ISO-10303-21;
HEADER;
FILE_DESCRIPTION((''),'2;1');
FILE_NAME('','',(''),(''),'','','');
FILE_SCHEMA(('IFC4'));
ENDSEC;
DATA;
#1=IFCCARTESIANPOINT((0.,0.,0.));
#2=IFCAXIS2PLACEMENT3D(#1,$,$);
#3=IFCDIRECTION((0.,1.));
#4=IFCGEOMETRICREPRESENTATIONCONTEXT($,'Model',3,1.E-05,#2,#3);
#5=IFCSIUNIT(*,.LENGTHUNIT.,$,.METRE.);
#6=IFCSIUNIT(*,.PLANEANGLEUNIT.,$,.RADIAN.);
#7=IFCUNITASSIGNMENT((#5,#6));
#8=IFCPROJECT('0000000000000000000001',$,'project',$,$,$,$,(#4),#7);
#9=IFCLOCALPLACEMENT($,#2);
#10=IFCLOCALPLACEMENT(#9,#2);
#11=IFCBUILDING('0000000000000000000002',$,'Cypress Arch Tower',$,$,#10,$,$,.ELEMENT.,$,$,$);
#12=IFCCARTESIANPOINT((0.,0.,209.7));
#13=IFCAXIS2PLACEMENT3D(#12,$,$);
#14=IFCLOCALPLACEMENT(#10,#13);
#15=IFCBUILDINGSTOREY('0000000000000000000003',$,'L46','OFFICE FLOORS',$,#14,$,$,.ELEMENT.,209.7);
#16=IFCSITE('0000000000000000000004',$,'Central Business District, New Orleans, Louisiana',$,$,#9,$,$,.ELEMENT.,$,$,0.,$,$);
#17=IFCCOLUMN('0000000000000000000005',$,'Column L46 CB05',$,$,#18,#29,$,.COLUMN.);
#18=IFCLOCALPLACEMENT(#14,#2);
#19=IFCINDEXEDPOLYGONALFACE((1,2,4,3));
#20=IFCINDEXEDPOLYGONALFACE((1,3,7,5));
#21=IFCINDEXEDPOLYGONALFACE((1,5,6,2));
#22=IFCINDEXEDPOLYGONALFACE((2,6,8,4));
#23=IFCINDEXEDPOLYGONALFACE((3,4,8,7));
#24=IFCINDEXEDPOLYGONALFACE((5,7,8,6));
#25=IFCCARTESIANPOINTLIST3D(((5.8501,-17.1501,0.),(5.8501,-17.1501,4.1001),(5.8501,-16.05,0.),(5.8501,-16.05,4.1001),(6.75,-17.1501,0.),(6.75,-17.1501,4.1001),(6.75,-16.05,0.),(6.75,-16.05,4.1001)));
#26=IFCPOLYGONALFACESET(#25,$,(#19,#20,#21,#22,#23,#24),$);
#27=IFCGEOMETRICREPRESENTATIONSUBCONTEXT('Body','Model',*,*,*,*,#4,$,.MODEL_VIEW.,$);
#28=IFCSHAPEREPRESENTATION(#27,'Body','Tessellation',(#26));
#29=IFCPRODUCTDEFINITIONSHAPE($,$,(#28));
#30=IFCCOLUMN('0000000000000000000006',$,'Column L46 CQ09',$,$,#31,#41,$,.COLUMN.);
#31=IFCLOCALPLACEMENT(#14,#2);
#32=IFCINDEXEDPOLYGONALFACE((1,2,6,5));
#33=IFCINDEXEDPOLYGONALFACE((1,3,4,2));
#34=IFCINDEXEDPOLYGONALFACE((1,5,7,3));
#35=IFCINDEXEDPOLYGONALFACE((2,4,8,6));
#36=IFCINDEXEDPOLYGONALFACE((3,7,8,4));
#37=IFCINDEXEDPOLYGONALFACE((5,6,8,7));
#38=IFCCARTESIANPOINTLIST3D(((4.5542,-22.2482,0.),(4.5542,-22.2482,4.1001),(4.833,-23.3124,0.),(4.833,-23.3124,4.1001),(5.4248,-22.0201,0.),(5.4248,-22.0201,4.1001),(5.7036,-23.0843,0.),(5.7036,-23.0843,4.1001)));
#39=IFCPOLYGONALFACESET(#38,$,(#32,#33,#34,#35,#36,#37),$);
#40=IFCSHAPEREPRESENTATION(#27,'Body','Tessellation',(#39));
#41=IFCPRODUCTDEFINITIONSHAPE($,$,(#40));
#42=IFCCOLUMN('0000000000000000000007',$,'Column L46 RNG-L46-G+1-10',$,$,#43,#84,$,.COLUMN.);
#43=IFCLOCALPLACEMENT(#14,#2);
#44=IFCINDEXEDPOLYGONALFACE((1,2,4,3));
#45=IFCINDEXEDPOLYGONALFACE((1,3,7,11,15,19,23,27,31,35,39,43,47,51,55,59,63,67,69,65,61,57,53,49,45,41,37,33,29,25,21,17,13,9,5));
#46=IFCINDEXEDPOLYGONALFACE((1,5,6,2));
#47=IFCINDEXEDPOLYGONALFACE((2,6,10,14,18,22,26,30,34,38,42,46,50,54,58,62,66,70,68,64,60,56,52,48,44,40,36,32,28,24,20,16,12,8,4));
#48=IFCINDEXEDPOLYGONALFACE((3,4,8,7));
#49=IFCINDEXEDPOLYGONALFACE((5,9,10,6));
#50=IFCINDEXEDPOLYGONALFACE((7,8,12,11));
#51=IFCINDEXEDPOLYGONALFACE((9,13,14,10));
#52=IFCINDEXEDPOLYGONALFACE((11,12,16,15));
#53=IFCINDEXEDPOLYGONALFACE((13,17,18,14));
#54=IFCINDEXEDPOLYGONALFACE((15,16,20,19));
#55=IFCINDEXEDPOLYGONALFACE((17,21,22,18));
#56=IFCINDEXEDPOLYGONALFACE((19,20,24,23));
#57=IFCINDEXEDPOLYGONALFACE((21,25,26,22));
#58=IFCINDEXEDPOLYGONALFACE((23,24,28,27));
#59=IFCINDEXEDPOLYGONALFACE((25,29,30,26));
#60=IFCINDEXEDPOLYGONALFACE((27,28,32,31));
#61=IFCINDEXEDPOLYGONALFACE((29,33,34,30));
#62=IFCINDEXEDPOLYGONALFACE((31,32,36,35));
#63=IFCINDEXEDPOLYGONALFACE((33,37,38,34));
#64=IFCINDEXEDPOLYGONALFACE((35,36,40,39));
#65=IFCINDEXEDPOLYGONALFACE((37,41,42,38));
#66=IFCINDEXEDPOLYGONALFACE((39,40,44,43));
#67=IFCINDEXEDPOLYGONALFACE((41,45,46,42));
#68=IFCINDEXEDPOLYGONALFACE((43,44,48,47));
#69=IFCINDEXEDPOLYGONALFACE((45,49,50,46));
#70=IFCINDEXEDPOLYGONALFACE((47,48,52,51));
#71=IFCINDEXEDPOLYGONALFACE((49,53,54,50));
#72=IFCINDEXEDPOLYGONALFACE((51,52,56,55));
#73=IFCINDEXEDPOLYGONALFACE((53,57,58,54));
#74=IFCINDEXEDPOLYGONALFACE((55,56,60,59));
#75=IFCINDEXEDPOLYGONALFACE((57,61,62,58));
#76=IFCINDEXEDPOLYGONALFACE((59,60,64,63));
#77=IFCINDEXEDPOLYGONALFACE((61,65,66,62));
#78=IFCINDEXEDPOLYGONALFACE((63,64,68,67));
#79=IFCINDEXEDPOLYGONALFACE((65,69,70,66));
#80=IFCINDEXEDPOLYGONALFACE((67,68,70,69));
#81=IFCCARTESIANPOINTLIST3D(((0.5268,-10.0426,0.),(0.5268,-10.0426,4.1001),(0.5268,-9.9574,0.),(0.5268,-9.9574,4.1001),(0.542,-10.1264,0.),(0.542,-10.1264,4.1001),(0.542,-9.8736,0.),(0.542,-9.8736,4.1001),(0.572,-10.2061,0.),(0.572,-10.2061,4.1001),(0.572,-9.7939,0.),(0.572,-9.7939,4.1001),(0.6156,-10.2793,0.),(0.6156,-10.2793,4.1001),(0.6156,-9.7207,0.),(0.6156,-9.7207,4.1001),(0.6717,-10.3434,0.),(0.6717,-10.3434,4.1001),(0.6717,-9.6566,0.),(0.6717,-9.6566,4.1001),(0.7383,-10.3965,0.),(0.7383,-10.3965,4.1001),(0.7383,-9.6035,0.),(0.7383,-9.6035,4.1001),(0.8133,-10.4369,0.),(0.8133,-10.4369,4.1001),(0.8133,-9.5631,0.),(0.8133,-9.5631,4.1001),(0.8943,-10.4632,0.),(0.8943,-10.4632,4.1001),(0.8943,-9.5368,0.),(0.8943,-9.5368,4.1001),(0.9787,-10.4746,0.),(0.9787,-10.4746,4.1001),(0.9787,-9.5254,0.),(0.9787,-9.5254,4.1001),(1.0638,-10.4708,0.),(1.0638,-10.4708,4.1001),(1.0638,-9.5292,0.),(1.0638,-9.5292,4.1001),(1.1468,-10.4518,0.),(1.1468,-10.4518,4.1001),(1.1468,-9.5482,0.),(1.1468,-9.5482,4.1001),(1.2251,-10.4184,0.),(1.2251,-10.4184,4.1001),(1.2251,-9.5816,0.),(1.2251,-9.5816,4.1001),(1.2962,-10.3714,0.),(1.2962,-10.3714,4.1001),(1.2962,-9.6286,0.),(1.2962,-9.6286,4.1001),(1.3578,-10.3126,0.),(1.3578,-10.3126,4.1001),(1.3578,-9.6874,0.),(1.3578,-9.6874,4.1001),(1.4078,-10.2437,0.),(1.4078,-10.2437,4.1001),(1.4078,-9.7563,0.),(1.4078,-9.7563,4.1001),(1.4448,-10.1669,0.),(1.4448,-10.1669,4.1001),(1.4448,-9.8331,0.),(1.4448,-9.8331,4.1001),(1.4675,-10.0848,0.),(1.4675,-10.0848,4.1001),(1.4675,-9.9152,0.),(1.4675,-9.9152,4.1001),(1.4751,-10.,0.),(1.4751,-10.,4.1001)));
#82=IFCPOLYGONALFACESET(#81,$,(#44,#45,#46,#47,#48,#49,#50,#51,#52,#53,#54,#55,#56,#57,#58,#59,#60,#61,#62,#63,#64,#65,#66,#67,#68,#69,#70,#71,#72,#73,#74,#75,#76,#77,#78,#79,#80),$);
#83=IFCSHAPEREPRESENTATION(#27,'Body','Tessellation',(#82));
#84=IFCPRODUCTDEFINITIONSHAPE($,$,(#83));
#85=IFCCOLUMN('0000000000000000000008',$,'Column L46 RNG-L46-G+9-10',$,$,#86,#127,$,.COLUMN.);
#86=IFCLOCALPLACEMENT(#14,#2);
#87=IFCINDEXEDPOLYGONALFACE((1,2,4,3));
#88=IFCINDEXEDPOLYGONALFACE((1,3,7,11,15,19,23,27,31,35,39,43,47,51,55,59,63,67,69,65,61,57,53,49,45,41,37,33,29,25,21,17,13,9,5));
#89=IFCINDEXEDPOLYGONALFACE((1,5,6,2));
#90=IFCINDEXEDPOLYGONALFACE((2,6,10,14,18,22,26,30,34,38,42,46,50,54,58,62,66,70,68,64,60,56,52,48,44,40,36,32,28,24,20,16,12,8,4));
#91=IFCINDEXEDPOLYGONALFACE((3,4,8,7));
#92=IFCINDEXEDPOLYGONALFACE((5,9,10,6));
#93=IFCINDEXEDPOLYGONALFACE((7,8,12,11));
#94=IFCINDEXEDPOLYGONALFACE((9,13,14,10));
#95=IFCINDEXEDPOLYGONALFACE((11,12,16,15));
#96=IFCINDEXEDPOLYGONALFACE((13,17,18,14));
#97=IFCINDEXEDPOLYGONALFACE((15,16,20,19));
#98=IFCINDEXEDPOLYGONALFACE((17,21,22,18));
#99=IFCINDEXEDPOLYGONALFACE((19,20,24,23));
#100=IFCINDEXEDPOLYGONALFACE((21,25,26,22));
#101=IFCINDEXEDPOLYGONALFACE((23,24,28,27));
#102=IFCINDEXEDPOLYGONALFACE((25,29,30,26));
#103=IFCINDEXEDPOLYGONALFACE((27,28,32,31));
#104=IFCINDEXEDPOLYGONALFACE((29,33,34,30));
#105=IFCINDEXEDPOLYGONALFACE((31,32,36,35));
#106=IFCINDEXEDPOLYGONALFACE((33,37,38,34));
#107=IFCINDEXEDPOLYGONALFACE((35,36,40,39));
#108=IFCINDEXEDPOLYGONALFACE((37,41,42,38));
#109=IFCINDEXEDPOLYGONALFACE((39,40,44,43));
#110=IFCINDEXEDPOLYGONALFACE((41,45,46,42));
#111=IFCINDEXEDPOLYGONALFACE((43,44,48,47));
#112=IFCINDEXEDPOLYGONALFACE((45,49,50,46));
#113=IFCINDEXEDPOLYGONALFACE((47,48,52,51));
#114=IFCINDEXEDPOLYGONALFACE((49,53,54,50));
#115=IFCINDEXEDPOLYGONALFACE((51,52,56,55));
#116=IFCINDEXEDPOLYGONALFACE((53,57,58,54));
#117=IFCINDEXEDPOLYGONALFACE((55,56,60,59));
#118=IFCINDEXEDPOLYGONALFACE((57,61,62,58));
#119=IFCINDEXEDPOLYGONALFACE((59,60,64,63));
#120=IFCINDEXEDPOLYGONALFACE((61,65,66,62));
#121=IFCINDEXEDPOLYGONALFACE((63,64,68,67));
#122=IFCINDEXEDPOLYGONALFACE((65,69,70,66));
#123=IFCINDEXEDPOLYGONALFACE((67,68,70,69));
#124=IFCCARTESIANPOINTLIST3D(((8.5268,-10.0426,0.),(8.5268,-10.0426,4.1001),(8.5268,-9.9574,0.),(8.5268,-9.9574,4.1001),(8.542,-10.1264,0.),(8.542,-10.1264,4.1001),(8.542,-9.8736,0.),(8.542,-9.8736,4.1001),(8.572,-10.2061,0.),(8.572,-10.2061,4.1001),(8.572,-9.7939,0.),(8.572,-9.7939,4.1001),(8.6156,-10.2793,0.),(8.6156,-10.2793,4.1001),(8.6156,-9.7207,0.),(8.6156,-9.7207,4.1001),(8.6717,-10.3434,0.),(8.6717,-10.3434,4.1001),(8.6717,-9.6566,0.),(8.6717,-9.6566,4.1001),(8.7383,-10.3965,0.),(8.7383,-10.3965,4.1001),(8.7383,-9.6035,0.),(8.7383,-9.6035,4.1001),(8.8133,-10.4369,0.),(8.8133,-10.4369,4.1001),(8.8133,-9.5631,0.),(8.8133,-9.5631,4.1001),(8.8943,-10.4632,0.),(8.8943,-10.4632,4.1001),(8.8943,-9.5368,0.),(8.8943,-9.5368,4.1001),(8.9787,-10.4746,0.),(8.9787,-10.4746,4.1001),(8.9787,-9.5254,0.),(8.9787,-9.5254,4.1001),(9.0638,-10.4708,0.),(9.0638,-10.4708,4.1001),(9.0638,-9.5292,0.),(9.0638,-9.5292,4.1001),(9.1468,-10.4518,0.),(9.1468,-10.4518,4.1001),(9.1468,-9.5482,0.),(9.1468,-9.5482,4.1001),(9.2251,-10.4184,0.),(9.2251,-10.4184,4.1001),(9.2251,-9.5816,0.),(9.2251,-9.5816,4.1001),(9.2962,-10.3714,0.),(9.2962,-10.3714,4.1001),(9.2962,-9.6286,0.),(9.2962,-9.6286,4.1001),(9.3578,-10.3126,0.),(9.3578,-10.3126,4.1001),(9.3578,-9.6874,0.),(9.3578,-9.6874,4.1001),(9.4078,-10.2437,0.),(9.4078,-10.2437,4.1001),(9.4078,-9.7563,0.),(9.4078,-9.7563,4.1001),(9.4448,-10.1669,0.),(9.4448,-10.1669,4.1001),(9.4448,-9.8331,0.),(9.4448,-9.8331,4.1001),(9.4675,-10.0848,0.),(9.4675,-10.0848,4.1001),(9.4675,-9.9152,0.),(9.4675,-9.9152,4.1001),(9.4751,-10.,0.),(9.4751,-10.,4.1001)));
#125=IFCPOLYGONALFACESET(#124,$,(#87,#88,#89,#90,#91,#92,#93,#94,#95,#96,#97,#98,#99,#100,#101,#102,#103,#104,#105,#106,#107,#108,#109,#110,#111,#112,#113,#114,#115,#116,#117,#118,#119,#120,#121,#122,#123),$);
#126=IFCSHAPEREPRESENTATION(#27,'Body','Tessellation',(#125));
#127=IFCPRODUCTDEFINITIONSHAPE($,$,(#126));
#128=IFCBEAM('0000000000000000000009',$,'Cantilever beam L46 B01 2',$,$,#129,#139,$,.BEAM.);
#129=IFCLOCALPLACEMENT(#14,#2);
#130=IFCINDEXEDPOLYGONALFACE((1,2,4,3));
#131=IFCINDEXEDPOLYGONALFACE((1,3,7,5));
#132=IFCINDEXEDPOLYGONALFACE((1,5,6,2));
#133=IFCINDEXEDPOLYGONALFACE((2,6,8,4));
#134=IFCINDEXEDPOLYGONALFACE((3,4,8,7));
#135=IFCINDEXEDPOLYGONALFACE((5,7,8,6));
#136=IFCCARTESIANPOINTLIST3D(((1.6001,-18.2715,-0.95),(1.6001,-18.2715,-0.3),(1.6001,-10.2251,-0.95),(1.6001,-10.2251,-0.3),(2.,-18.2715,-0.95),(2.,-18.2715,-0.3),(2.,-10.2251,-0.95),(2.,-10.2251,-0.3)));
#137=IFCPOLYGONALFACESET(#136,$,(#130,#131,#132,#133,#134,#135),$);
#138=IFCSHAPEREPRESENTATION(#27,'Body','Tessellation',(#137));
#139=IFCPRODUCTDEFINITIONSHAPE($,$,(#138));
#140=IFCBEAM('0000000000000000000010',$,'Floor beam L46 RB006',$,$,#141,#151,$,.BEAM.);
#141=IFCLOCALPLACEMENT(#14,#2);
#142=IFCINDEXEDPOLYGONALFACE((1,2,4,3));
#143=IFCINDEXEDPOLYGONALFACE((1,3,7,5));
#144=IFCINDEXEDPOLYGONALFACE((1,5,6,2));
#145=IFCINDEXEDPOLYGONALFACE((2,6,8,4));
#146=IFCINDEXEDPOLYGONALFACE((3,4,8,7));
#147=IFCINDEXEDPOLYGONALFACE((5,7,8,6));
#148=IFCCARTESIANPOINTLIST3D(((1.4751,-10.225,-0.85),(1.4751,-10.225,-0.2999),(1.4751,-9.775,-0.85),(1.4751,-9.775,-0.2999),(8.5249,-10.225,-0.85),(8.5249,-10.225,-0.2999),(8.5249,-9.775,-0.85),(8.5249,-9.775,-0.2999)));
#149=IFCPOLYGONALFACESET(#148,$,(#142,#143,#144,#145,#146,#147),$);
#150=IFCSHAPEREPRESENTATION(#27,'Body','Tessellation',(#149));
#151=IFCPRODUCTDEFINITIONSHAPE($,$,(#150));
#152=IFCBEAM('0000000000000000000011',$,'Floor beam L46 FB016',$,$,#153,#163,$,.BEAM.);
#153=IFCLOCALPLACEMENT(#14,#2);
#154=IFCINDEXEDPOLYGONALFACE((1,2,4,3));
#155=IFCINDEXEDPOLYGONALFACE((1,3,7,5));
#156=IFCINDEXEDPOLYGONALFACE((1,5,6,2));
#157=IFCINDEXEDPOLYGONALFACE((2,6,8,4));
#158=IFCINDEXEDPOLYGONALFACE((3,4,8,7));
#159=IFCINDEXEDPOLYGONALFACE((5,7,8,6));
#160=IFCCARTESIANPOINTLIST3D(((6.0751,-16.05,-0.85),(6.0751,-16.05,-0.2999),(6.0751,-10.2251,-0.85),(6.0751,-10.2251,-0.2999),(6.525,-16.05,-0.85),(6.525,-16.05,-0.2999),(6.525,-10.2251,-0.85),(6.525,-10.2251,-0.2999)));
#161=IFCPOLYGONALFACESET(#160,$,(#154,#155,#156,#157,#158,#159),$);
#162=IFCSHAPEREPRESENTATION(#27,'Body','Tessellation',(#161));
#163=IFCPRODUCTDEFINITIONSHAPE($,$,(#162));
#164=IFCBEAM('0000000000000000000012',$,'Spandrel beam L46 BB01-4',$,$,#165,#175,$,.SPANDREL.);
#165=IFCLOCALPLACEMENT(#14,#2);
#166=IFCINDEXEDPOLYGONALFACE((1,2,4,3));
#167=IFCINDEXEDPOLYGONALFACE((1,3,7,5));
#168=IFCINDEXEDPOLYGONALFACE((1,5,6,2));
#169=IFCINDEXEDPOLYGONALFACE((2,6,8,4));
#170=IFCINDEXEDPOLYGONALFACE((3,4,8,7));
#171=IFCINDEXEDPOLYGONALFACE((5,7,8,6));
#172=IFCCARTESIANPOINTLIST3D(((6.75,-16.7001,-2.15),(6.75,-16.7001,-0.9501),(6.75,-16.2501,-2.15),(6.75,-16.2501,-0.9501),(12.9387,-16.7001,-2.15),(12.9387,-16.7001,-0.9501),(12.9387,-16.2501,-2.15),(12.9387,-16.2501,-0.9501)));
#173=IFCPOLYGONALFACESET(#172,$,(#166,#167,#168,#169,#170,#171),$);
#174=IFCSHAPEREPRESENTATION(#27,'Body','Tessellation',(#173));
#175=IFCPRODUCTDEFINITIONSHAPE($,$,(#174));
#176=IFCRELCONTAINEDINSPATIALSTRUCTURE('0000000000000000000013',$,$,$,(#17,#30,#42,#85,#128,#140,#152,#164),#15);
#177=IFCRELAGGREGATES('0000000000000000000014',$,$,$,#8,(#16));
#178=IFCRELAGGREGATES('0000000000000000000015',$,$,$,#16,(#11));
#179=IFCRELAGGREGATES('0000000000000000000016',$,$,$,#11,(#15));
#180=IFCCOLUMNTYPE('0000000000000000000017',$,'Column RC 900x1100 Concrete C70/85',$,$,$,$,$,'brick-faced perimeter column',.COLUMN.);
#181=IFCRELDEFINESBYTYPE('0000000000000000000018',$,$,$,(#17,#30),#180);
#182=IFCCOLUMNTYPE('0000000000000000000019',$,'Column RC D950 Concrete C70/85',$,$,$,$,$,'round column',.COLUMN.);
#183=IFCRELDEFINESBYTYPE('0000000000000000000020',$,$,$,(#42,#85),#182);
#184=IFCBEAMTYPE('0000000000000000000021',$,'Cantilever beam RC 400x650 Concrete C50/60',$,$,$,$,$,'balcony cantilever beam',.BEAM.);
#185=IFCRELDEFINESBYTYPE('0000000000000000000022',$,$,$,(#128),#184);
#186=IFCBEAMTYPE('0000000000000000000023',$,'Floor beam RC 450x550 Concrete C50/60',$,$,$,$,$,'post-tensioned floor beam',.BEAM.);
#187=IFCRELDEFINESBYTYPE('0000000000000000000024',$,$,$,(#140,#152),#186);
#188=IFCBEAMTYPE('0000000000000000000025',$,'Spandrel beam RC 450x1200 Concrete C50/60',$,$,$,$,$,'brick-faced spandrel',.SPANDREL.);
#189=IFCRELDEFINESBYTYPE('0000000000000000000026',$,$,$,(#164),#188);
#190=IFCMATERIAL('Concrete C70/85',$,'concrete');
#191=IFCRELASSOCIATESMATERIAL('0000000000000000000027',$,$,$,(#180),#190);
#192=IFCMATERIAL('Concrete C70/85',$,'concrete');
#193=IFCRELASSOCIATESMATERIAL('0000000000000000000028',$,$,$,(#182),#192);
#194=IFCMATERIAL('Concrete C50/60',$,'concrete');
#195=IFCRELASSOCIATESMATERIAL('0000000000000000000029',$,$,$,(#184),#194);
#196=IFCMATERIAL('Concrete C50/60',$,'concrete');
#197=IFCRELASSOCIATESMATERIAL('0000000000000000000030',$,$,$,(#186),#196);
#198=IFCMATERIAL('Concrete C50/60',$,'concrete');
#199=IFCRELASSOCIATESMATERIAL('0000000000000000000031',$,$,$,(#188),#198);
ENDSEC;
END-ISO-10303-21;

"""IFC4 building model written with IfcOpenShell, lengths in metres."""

from ifc_helpers import new_model, si_unit, direction, frame, origin, origin_2d, place, context, subcontext, project, spatial, rectangle, circle, extrude, material, material_profile, profile_set, type_object, element, save


model = new_model("IFC4")

# Units and contexts
model_context = context("Model", 3, precision=1e-05, world=origin(), true_north=direction((0.0, 1.0)))
body_context = subcontext(model_context, "Body", "Model", "MODEL_VIEW")
ifc_project = project(units=[si_unit("LENGTHUNIT", "METRE"), si_unit("PLANEANGLEUNIT", "RADIAN")], contexts=[model_context])

# Site, building, storey
site_placement = place(None, origin())
site = spatial("IfcSite", under=ifc_project, at=site_placement, Name="Central Business District, New Orleans, Louisiana", CompositionType="ELEMENT", RefElevation=0.0)
building_placement = place(site_placement, origin())
building = spatial("IfcBuilding", under=site, at=building_placement, Name="Cypress Arch Tower", CompositionType="ELEMENT")
storey_placement = place(building_placement, frame((0.0, 0.0, 209.7)))
storey = spatial("IfcBuildingStorey", under=building, at=storey_placement, Name="L46", Description="OFFICE FLOORS", CompositionType="ELEMENT", Elevation=209.7)

# Columns
ifc_material_1 = material(Name="Concrete C70/85", Category="concrete")
ifc_material_profile_1 = material_profile(ifc_material_1, rectangle(XDim=0.8999, YDim=1.1001, at=origin_2d()), Name="RC 900x1100")
ifc_profile_set_1 = profile_set([ifc_material_profile_1], Name="Concrete C70/85")
column_type_1 = type_object("IfcColumnType", Name="Column RC 900x1100 Concrete C70/85", ElementType="brick-faced perimeter column", PredefinedType="COLUMN", material=ifc_profile_set_1)
for number, where, z_axis, x_axis, name in (
    (1, (6.3, -16.6001, 0.0), (0.0, 0.0, 1.0), (1.0, 0.0, 0.0), "Column L46 CB05"),
    (2, (5.1289, -22.6663, 0.0), (0.0, 0.0, 1.0), (0.967356, 0.253422, 0.0), "Column L46 CQ09"),
):
    element("IfcColumn", number, at=place(storey_placement, frame(where, z_axis=z_axis, x_axis=x_axis)), inside=storey, type_object=column_type_1, Name=name, PredefinedType="COLUMN", context=body_context, shape_type="SweptSolid", body=[
        extrude(rectangle(XDim=0.8999, YDim=1.1001, at=origin_2d()), origin(), (0.0, 0.0, 1.0), 4.1001),
    ])
ifc_material_2 = material(Name="Concrete C70/85", Category="concrete")
ifc_material_profile_2 = material_profile(ifc_material_2, circle(Radius=0.4751, at=origin_2d()), Name="RC D950")
ifc_profile_set_2 = profile_set([ifc_material_profile_2], Name="Concrete C70/85")
column_type_2 = type_object("IfcColumnType", Name="Column RC D950 Concrete C70/85", ElementType="round column", PredefinedType="COLUMN", material=ifc_profile_set_2)
for number, where, z_axis, x_axis, name in (
    (3, (1.0, -10.0, 0.0), (0.0, 0.0, 1.0), (1.0, 0.0, 0.0), "Column L46 RNG-L46-G+1-10"),
    (4, (9.0, -10.0, 0.0), (0.0, 0.0, 1.0), (1.0, 0.0, 0.0), "Column L46 RNG-L46-G+9-10"),
):
    element("IfcColumn", number, at=place(storey_placement, frame(where, z_axis=z_axis, x_axis=x_axis)), inside=storey, type_object=column_type_2, Name=name, PredefinedType="COLUMN", context=body_context, shape_type="SweptSolid", body=[
        extrude(circle(Radius=0.4751, at=origin_2d()), origin(), (0.0, 0.0, 1.0), 4.1001),
    ])

# Beams
ifc_material_3 = material(Name="Concrete C50/60", Category="concrete")
ifc_material_profile_3 = material_profile(ifc_material_3, rectangle(XDim=0.3999, YDim=0.6499, at=origin_2d()), Name="RC 400x650")
ifc_profile_set_3 = profile_set([ifc_material_profile_3], Name="Concrete C50/60")
beam_type_1 = type_object("IfcBeamType", Name="Cantilever beam RC 400x650 Concrete C50/60", ElementType="balcony cantilever beam", PredefinedType="BEAM", material=ifc_profile_set_3)
beam_1_placement = place(storey_placement, frame((1.8, -10.2251, -0.625), z_axis=(0.0, -1.0, 0.0), x_axis=(1.0, 0.0, 0.0)))
element("IfcBeam", 5, at=beam_1_placement, inside=storey, type_object=beam_type_1, Name="Cantilever beam L46 B01 2", PredefinedType="BEAM", context=body_context, shape_type="SweptSolid", body=[
    extrude(rectangle(XDim=0.3999, YDim=0.6499, at=origin_2d()), origin(), (0.0, 0.0, 1.0), 8.0464),
])
ifc_material_4 = material(Name="Concrete C50/60", Category="concrete")
ifc_material_profile_4 = material_profile(ifc_material_4, rectangle(XDim=0.45, YDim=0.55, at=origin_2d()), Name="RC 450x550")
ifc_profile_set_4 = profile_set([ifc_material_profile_4], Name="Concrete C50/60")
beam_type_2 = type_object("IfcBeamType", Name="Floor beam RC 450x550 Concrete C50/60", ElementType="post-tensioned floor beam", PredefinedType="BEAM", material=ifc_profile_set_4)
beam_2_placement = place(storey_placement, frame((1.4751, -10.0, -0.575), z_axis=(1.0, 0.0, 0.0), x_axis=(0.0, 1.0, 0.0)))
element("IfcBeam", 6, at=beam_2_placement, inside=storey, type_object=beam_type_2, Name="Floor beam L46 RB006", PredefinedType="BEAM", context=body_context, shape_type="SweptSolid", body=[
    extrude(rectangle(XDim=0.45, YDim=0.55, at=origin_2d()), origin(), (0.0, 0.0, 1.0), 7.0498),
])
beam_3_placement = place(storey_placement, frame((6.3, -16.05, -0.575), z_axis=(0.0, 1.0, 0.0), x_axis=(-1.0, 0.0, 0.0)))
element("IfcBeam", 7, at=beam_3_placement, inside=storey, type_object=beam_type_2, Name="Floor beam L46 FB016", PredefinedType="BEAM", context=body_context, shape_type="SweptSolid", body=[
    extrude(rectangle(XDim=0.45, YDim=0.55, at=origin_2d()), origin(), (0.0, 0.0, 1.0), 5.825),
])
ifc_material_5 = material(Name="Concrete C50/60", Category="concrete")
ifc_material_profile_5 = material_profile(ifc_material_5, rectangle(XDim=0.45, YDim=1.2, at=origin_2d()), Name="RC 450x1200")
ifc_profile_set_5 = profile_set([ifc_material_profile_5], Name="Concrete C50/60")
beam_type_3 = type_object("IfcBeamType", Name="Spandrel beam RC 450x1200 Concrete C50/60", ElementType="brick-faced spandrel", PredefinedType="SPANDREL", material=ifc_profile_set_5)
beam_4_placement = place(storey_placement, frame((6.75, -16.4751, -1.55), z_axis=(1.0, 0.0, 0.0), x_axis=(0.0, 1.0, 0.0)))
element("IfcBeam", 8, at=beam_4_placement, inside=storey, type_object=beam_type_3, Name="Spandrel beam L46 BB01-4", PredefinedType="SPANDREL", context=body_context, shape_type="SweptSolid", body=[
    extrude(rectangle(XDim=0.45, YDim=1.2, at=origin_2d()), origin(), (0.0, 0.0, 1.0), 6.1887),
])

save(model, "model.ifc")
